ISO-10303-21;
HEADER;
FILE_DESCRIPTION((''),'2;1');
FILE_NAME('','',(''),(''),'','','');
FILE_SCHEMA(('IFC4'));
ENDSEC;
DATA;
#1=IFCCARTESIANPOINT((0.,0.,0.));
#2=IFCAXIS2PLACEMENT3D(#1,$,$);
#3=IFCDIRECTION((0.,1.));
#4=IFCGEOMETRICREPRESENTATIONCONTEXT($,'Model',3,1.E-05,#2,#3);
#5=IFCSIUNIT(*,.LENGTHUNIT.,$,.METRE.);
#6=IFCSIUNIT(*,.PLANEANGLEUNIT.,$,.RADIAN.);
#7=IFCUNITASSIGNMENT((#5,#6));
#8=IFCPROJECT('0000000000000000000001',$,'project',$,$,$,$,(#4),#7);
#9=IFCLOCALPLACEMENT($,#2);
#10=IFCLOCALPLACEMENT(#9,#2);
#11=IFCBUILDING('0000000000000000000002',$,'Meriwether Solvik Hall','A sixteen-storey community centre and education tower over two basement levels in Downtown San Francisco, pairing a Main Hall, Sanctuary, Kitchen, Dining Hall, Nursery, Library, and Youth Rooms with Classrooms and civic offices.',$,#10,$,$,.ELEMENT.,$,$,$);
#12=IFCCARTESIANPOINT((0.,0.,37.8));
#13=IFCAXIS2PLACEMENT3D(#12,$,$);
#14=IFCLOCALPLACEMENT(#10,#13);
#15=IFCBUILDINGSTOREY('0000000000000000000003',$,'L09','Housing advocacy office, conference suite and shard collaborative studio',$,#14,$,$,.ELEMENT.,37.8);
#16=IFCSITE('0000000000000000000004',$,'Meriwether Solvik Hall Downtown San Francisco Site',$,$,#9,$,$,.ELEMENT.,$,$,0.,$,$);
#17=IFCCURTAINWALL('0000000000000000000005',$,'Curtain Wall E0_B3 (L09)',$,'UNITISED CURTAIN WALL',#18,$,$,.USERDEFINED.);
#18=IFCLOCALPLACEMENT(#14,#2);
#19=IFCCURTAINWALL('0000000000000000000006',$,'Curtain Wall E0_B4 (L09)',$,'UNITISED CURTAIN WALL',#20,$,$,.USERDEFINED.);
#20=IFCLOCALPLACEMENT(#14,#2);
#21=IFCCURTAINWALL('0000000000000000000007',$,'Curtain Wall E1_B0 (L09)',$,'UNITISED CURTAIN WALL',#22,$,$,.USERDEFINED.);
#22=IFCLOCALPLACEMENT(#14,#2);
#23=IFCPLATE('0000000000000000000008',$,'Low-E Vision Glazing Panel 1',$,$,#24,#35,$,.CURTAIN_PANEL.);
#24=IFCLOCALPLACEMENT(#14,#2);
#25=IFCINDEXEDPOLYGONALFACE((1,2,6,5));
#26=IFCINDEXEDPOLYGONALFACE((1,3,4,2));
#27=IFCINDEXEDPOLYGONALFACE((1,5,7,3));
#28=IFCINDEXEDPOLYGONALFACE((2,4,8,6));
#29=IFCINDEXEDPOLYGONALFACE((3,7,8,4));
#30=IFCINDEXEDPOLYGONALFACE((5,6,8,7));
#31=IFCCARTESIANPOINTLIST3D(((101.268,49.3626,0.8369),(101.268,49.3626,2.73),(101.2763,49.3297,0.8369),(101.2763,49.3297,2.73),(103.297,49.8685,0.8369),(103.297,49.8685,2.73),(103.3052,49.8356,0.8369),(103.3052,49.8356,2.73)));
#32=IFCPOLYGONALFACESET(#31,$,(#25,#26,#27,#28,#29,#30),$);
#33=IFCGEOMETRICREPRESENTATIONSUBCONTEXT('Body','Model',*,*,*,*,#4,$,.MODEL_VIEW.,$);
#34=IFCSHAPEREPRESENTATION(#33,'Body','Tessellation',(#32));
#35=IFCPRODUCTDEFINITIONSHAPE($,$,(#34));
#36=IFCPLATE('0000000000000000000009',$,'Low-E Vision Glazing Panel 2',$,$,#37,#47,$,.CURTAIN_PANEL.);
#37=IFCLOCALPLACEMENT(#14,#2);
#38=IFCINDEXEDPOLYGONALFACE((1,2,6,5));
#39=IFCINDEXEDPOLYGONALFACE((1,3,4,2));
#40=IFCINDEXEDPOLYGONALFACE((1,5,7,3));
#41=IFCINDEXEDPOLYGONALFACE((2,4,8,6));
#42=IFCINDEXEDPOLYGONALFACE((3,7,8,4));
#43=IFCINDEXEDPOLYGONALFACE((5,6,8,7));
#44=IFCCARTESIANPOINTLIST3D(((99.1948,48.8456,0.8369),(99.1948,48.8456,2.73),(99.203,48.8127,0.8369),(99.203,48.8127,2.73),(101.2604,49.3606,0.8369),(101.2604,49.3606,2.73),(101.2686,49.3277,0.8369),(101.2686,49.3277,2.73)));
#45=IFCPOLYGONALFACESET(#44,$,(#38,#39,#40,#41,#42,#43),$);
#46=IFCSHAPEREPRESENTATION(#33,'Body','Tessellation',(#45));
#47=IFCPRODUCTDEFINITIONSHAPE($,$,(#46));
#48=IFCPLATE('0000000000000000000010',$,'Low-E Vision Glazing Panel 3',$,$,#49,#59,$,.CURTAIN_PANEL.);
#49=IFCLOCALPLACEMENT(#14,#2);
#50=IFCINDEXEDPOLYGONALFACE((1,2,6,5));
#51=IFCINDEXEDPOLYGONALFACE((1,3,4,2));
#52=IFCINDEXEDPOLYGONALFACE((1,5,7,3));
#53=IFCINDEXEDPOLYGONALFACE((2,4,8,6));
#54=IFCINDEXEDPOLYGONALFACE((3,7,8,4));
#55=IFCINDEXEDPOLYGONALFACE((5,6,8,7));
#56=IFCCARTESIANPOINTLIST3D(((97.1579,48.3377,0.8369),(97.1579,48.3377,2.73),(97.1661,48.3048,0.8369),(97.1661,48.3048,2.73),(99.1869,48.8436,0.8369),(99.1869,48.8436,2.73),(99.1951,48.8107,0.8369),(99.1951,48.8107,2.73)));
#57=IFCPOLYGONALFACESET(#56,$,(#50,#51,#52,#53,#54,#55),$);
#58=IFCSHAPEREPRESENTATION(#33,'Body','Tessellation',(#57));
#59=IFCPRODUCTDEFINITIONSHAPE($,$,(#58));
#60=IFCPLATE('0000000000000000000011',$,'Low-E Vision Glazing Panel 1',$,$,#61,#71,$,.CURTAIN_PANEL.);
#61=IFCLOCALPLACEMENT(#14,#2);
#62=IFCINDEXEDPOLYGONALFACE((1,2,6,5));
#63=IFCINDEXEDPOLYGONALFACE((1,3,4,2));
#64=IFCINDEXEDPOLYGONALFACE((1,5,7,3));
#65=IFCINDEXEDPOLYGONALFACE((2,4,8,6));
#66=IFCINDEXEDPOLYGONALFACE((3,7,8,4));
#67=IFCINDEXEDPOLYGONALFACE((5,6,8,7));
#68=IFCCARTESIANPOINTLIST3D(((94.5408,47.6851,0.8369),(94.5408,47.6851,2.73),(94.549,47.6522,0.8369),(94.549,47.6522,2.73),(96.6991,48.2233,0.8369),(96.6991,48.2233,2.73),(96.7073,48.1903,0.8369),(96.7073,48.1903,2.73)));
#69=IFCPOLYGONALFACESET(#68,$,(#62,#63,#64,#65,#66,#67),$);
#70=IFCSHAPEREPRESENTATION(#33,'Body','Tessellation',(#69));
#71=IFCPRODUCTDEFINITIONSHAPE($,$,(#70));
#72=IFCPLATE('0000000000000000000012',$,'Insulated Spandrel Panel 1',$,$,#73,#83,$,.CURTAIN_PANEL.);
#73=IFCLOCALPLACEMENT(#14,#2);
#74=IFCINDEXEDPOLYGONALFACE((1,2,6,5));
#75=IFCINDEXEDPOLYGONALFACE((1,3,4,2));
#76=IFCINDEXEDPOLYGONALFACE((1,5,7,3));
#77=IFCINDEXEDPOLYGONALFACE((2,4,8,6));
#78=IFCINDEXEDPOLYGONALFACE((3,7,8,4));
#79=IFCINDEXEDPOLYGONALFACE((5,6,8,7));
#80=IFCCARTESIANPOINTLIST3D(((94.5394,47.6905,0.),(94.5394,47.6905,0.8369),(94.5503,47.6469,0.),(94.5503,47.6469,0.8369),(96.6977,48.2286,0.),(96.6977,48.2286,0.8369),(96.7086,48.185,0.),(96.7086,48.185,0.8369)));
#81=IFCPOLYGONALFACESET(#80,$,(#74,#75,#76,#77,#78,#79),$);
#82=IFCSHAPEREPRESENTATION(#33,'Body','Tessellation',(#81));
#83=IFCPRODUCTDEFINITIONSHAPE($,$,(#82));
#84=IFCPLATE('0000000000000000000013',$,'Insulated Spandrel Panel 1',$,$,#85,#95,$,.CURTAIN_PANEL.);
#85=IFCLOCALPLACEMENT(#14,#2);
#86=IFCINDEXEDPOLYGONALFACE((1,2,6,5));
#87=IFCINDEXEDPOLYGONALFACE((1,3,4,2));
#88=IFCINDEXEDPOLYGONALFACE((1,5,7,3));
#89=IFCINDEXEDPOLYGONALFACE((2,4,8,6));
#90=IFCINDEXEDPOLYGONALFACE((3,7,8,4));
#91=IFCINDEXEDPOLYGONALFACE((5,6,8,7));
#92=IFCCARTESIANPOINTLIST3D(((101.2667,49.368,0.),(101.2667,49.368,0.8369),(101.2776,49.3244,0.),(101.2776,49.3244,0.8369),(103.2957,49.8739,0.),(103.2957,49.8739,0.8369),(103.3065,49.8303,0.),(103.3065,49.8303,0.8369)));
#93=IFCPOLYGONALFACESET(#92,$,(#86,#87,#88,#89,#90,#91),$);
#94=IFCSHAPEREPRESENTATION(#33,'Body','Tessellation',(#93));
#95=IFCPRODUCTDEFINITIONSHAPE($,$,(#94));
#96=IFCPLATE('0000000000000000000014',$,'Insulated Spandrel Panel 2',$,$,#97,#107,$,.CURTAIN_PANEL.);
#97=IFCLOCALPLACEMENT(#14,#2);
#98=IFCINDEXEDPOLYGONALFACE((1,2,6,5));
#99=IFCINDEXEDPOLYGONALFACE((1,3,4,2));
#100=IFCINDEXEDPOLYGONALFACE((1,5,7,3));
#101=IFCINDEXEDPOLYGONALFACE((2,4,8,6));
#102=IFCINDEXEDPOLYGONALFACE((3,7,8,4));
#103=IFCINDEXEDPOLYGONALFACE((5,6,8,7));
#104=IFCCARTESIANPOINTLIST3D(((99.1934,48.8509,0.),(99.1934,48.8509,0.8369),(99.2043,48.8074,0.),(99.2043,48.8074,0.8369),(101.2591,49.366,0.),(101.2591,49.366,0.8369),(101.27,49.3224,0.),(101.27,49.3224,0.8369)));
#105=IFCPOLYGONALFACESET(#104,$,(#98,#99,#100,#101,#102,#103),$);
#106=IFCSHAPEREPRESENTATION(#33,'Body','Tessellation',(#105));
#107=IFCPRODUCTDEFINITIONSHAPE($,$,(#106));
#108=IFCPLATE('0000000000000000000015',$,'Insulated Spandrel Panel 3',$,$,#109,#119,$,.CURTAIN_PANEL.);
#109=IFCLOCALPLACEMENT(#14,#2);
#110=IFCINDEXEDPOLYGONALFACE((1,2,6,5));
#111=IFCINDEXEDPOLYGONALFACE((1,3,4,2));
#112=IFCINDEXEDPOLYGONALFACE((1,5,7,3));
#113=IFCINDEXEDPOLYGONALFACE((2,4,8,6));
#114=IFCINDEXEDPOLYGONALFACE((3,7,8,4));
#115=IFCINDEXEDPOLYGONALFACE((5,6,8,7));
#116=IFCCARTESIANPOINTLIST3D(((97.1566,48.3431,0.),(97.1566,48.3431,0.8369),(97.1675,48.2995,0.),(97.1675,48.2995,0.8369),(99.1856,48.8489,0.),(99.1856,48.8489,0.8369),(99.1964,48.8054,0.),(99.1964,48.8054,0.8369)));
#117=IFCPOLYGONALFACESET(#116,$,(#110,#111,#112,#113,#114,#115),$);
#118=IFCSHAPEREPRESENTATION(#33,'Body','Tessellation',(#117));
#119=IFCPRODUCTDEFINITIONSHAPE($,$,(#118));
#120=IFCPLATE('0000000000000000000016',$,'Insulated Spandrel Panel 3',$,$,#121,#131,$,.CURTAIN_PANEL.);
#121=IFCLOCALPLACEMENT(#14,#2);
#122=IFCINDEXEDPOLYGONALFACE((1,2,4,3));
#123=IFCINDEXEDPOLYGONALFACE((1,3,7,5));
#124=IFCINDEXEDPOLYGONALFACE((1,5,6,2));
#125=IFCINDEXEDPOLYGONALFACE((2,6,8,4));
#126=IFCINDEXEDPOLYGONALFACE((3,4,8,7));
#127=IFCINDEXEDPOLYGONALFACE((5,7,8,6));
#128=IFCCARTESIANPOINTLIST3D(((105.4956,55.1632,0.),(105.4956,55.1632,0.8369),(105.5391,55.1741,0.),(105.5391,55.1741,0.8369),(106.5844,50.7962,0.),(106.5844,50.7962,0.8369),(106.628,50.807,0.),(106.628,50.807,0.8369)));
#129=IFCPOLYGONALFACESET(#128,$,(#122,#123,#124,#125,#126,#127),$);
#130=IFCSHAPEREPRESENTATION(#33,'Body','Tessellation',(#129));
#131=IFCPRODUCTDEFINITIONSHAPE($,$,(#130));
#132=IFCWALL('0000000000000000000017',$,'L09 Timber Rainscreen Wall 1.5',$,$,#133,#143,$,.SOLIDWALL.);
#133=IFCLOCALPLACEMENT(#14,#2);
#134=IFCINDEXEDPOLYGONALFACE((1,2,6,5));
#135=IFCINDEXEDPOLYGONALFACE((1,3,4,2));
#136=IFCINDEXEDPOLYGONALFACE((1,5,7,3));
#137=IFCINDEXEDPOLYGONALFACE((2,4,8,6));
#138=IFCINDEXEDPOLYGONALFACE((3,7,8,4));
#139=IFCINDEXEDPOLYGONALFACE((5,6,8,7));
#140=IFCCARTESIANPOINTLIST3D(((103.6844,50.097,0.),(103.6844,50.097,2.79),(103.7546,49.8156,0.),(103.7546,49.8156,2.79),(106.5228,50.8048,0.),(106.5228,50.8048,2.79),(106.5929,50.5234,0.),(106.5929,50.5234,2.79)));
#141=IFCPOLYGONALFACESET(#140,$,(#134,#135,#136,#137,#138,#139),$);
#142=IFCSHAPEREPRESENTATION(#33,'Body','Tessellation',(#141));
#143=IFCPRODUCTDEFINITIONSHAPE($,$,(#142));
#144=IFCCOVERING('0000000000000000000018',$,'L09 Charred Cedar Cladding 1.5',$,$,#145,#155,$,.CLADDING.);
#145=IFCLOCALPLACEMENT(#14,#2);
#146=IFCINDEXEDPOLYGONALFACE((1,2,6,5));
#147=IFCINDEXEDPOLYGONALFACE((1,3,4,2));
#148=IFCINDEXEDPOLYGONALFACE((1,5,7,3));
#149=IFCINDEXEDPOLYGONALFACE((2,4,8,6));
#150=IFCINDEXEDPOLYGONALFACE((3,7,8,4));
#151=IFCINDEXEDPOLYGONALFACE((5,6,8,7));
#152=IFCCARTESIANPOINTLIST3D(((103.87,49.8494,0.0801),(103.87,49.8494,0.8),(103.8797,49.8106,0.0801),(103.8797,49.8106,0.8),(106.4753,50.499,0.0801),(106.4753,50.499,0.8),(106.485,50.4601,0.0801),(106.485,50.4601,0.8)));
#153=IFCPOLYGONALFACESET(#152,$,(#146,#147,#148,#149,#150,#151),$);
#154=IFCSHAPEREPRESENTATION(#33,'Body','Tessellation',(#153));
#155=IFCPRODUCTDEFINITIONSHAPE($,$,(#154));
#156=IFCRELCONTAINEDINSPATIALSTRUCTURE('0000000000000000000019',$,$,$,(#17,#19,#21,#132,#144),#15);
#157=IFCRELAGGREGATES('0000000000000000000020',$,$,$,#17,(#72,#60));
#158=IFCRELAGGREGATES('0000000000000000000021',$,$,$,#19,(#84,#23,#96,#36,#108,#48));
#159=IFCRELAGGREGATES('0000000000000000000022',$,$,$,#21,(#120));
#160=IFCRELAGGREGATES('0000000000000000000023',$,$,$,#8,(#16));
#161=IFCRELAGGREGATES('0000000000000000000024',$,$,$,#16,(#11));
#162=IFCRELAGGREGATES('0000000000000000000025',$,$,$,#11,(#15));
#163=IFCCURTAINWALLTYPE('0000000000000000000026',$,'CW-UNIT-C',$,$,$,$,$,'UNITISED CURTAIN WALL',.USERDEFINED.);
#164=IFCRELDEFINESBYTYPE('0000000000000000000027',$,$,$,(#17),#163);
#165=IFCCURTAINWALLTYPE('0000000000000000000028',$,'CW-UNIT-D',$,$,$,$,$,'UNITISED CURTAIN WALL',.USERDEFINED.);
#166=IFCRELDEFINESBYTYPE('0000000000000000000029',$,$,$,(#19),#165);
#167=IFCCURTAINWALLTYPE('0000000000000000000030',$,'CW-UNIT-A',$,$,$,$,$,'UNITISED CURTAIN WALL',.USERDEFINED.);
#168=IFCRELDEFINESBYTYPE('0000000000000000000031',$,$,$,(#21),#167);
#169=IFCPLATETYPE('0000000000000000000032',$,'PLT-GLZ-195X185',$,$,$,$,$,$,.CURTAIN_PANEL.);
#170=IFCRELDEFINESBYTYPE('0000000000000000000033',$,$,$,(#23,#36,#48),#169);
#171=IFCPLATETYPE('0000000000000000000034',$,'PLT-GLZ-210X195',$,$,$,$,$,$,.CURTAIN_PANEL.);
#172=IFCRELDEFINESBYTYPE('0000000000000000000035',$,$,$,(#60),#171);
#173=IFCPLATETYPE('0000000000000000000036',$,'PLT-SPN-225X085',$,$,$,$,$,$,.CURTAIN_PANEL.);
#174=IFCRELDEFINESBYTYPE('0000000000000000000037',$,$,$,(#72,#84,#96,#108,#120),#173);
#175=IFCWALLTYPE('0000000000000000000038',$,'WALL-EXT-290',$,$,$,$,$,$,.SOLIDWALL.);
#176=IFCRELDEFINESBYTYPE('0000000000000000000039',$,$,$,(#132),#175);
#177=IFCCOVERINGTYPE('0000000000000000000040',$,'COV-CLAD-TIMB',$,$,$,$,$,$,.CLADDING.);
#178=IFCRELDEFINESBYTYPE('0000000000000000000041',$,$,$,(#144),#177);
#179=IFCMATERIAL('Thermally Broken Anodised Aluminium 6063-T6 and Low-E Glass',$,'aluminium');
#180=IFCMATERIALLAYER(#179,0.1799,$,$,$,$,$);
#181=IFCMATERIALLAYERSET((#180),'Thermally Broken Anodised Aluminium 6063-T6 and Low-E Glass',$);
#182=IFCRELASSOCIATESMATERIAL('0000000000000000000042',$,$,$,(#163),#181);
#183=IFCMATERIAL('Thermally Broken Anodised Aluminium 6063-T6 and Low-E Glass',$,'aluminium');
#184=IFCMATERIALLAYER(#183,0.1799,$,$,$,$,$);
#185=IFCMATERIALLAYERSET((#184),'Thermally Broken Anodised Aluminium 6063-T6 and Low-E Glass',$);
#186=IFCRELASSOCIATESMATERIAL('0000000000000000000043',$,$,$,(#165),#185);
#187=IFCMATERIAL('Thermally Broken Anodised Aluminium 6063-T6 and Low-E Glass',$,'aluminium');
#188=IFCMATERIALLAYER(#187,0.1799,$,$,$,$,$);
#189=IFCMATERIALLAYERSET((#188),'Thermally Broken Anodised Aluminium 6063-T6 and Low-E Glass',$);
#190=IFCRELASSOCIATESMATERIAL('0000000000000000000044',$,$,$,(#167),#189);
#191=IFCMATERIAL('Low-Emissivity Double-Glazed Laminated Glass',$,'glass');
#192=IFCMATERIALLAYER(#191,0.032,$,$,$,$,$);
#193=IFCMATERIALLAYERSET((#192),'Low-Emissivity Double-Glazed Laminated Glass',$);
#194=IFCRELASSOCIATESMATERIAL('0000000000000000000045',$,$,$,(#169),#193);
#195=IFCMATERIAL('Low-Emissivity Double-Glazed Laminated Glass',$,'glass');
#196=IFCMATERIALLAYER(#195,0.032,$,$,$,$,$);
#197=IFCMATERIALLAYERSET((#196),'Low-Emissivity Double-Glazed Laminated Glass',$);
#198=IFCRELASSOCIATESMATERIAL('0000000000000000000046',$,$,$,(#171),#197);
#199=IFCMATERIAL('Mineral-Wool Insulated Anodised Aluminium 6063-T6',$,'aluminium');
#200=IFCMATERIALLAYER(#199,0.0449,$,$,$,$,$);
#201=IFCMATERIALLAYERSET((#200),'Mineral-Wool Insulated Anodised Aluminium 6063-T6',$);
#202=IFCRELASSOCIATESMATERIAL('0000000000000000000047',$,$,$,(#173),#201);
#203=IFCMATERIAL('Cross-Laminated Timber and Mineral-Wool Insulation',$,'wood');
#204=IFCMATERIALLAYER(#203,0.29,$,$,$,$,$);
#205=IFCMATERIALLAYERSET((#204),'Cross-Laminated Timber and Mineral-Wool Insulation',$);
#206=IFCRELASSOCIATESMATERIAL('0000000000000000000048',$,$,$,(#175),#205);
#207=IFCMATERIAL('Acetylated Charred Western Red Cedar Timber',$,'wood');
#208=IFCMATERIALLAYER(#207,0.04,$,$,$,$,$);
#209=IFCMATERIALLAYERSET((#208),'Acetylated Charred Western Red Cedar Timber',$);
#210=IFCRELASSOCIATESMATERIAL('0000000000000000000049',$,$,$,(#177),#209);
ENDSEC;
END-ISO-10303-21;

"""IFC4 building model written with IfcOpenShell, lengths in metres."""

from ifc_helpers import new_model, si_unit, direction, frame, frame_2d, origin, origin_2d, place, context, subcontext, project, spatial, rectangle, extrude, material, layer, layer_set, type_object, element, aggregate, save


model = new_model("IFC4")

# Units and contexts
model_context = context("Model", 3, precision=1e-05, world=origin(), true_north=direction((0.0, 1.0)))
body_context = subcontext(model_context, "Body", "Model", "MODEL_VIEW")
ifc_project = project(units=[si_unit("LENGTHUNIT", "METRE"), si_unit("PLANEANGLEUNIT", "RADIAN")], contexts=[model_context])

# Site, building, storey
site_placement = place(None, origin())
site = spatial("IfcSite", under=ifc_project, at=site_placement, Name="Meriwether Solvik Hall Downtown San Francisco Site", CompositionType="ELEMENT", RefElevation=0.0)
building_placement = place(site_placement, origin())
building = spatial("IfcBuilding", under=site, at=building_placement, Name="Meriwether Solvik Hall", Description="A sixteen-storey community centre and education tower over two basement levels in Downtown San Francisco, pairing a Main Hall, Sanctuary, Kitchen, Dining Hall, Nursery, Library, and Youth Rooms with Classrooms and civic offices.", CompositionType="ELEMENT")
storey_placement = place(building_placement, frame((0.0, 0.0, 37.8)))
storey = spatial("IfcBuildingStorey", under=building, at=storey_placement, Name="L09", Description="Housing advocacy office, conference suite and shard collaborative studio", CompositionType="ELEMENT", Elevation=37.8)

# Curtain wall
ifc_material_1 = material(Name="Thermally Broken Anodised Aluminium 6063-T6 and Low-E Glass", Category="aluminium")
ifc_layer_1 = layer(ifc_material_1, 0.1799)
ifc_layer_set_1 = layer_set([ifc_layer_1], Name="Thermally Broken Anodised Aluminium 6063-T6 and Low-E Glass")
curtain_wall_type_1 = type_object("IfcCurtainWallType", Name="CW-UNIT-C", ElementType="UNITISED CURTAIN WALL", PredefinedType="USERDEFINED", material=ifc_layer_set_1)
curtain_wall_1_placement = place(storey_placement, origin())
curtain_wall_1 = element("IfcCurtainWall", 1, at=curtain_wall_1_placement, inside=storey, type_object=curtain_wall_type_1, Name="Curtain Wall E0_B3 (L09)", ObjectType="UNITISED CURTAIN WALL", PredefinedType="USERDEFINED")

# Curtain wall
ifc_material_2 = material(Name="Thermally Broken Anodised Aluminium 6063-T6 and Low-E Glass", Category="aluminium")
ifc_layer_2 = layer(ifc_material_2, 0.1799)
ifc_layer_set_2 = layer_set([ifc_layer_2], Name="Thermally Broken Anodised Aluminium 6063-T6 and Low-E Glass")
curtain_wall_type_2 = type_object("IfcCurtainWallType", Name="CW-UNIT-D", ElementType="UNITISED CURTAIN WALL", PredefinedType="USERDEFINED", material=ifc_layer_set_2)
curtain_wall_2_placement = place(storey_placement, origin())
curtain_wall_2 = element("IfcCurtainWall", 2, at=curtain_wall_2_placement, inside=storey, type_object=curtain_wall_type_2, Name="Curtain Wall E0_B4 (L09)", ObjectType="UNITISED CURTAIN WALL", PredefinedType="USERDEFINED")

# Curtain wall
ifc_material_3 = material(Name="Thermally Broken Anodised Aluminium 6063-T6 and Low-E Glass", Category="aluminium")
ifc_layer_3 = layer(ifc_material_3, 0.1799)
ifc_layer_set_3 = layer_set([ifc_layer_3], Name="Thermally Broken Anodised Aluminium 6063-T6 and Low-E Glass")
curtain_wall_type_3 = type_object("IfcCurtainWallType", Name="CW-UNIT-A", ElementType="UNITISED CURTAIN WALL", PredefinedType="USERDEFINED", material=ifc_layer_set_3)
curtain_wall_3_placement = place(storey_placement, origin())
curtain_wall_3 = element("IfcCurtainWall", 3, at=curtain_wall_3_placement, inside=storey, type_object=curtain_wall_type_3, Name="Curtain Wall E1_B0 (L09)", ObjectType="UNITISED CURTAIN WALL", PredefinedType="USERDEFINED")

# Plates
ifc_material_4 = material(Name="Low-Emissivity Double-Glazed Laminated Glass", Category="glass")
ifc_layer_4 = layer(ifc_material_4, 0.032)
ifc_layer_set_4 = layer_set([ifc_layer_4], Name="Low-Emissivity Double-Glazed Laminated Glass")
plate_type_1 = type_object("IfcPlateType", Name="PLT-GLZ-195X185", PredefinedType="CURTAIN_PANEL", material=ifc_layer_set_4)
plate_1_placement = place(storey_placement, frame((102.2866, 49.5991, 0.8369), z_axis=(0.0, 0.0, 1.0), x_axis=(-0.970296, -0.241922, 0.0)))
plate_1 = element("IfcPlate", 4, at=plate_1_placement, type_object=plate_type_1, Name="Low-E Vision Glazing Panel 1", PredefinedType="CURTAIN_PANEL", context=body_context, shape_type="SweptSolid", body=[
    extrude(rectangle(XDim=2.0911, YDim=0.0339, at=origin_2d()), origin(), (0.0, 0.0, 1.0), 1.8931),
])
plate_2_placement = place(storey_placement, frame((100.2317, 49.0867, 0.8369), z_axis=(0.0, 0.0, 1.0), x_axis=(-0.970296, -0.241922, 0.0)))
plate_2 = element("IfcPlate", 5, at=plate_2_placement, type_object=plate_type_1, Name="Low-E Vision Glazing Panel 2", PredefinedType="CURTAIN_PANEL", context=body_context, shape_type="SweptSolid", body=[
    extrude(rectangle(XDim=2.1289, YDim=0.0339, at=origin_2d()), origin(), (0.0, 0.0, 1.0), 1.8931),
])
plate_3_placement = place(storey_placement, frame((98.1765, 48.5742, 0.8369), z_axis=(0.0, 0.0, 1.0), x_axis=(-0.970296, -0.241922, 0.0)))
plate_3 = element("IfcPlate", 6, at=plate_3_placement, type_object=plate_type_1, Name="Low-E Vision Glazing Panel 3", PredefinedType="CURTAIN_PANEL", context=body_context, shape_type="SweptSolid", body=[
    extrude(rectangle(XDim=2.0911, YDim=0.0339, at=origin_2d()), origin(), (0.0, 0.0, 1.0), 1.8931),
])
ifc_material_5 = material(Name="Low-Emissivity Double-Glazed Laminated Glass", Category="glass")
ifc_layer_5 = layer(ifc_material_5, 0.032)
ifc_layer_set_5 = layer_set([ifc_layer_5], Name="Low-Emissivity Double-Glazed Laminated Glass")
plate_type_2 = type_object("IfcPlateType", Name="PLT-GLZ-210X195", PredefinedType="CURTAIN_PANEL", material=ifc_layer_set_5)
plate_4_placement = place(storey_placement, frame((95.624, 47.9377, 0.8369), z_axis=(0.0, 0.0, 1.0), x_axis=(-0.970296, -0.241922, 0.0)))
plate_4 = element("IfcPlate", 7, at=plate_4_placement, type_object=plate_type_2, Name="Low-E Vision Glazing Panel 1", PredefinedType="CURTAIN_PANEL", context=body_context, shape_type="SweptSolid", body=[
    extrude(rectangle(XDim=2.2244, YDim=0.0339, at=origin_2d()), origin(), (0.0, 0.0, 1.0), 1.8931),
])
ifc_material_6 = material(Name="Mineral-Wool Insulated Anodised Aluminium 6063-T6", Category="aluminium")
ifc_layer_6 = layer(ifc_material_6, 0.0449)
ifc_layer_set_6 = layer_set([ifc_layer_6], Name="Mineral-Wool Insulated Anodised Aluminium 6063-T6")
plate_type_3 = type_object("IfcPlateType", Name="PLT-SPN-225X085", PredefinedType="CURTAIN_PANEL", material=ifc_layer_set_6)
plate_5_placement = place(storey_placement, frame((95.624, 47.9377, 0.0), z_axis=(0.0, 0.0, 1.0), x_axis=(-0.970296, -0.241922, 0.0)))
plate_5 = element("IfcPlate", 8, at=plate_5_placement, type_object=plate_type_3, Name="Insulated Spandrel Panel 1", PredefinedType="CURTAIN_PANEL", context=body_context, shape_type="SweptSolid", body=[
    extrude(rectangle(XDim=2.2244, YDim=0.0449, at=origin_2d()), origin(), (0.0, 0.0, 1.0), 0.8369),
])
aggregate(curtain_wall_1, [plate_5, plate_4])
plate_6_placement = place(storey_placement, frame((102.2866, 49.5991, 0.0), z_axis=(0.0, 0.0, 1.0), x_axis=(-0.970296, -0.241922, 0.0)))
plate_6 = element("IfcPlate", 9, at=plate_6_placement, type_object=plate_type_3, Name="Insulated Spandrel Panel 1", PredefinedType="CURTAIN_PANEL", context=body_context, shape_type="SweptSolid", body=[
    extrude(rectangle(XDim=2.0911, YDim=0.0449, at=origin_2d()), origin(), (0.0, 0.0, 1.0), 0.8369),
])
plate_7_placement = place(storey_placement, frame((100.2317, 49.0867, 0.0), z_axis=(0.0, 0.0, 1.0), x_axis=(-0.970296, -0.241922, 0.0)))
plate_7 = element("IfcPlate", 10, at=plate_7_placement, type_object=plate_type_3, Name="Insulated Spandrel Panel 2", PredefinedType="CURTAIN_PANEL", context=body_context, shape_type="SweptSolid", body=[
    extrude(rectangle(XDim=2.1289, YDim=0.0449, at=origin_2d()), origin(), (0.0, 0.0, 1.0), 0.8369),
])
plate_8_placement = place(storey_placement, frame((98.1765, 48.5742, 0.0), z_axis=(0.0, 0.0, 1.0), x_axis=(-0.970296, -0.241922, 0.0)))
plate_8 = element("IfcPlate", 11, at=plate_8_placement, type_object=plate_type_3, Name="Insulated Spandrel Panel 3", PredefinedType="CURTAIN_PANEL", context=body_context, shape_type="SweptSolid", body=[
    extrude(rectangle(XDim=2.0911, YDim=0.0449, at=origin_2d()), origin(), (0.0, 0.0, 1.0), 0.8369),
])
aggregate(curtain_wall_2, [plate_6, plate_1, plate_7, plate_2, plate_8, plate_3])
plate_9_placement = place(storey_placement, frame((106.0618, 52.9851, 0.0), z_axis=(0.0, 0.0, 1.0), x_axis=(0.241922, -0.970296, 0.0)))
plate_9 = element("IfcPlate", 12, at=plate_9_placement, type_object=plate_type_3, Name="Insulated Spandrel Panel 3", PredefinedType="CURTAIN_PANEL", context=body_context, shape_type="SweptSolid", body=[
    extrude(rectangle(XDim=4.5007, YDim=0.0449, at=origin_2d()), origin(), (0.0, 0.0, 1.0), 0.8369),
])
aggregate(curtain_wall_3, [plate_9])

# Wall
ifc_material_7 = material(Name="Cross-Laminated Timber and Mineral-Wool Insulation", Category="wood")
ifc_layer_7 = layer(ifc_material_7, 0.29)
ifc_layer_set_7 = layer_set([ifc_layer_7], Name="Cross-Laminated Timber and Mineral-Wool Insulation")
wall_type = type_object("IfcWallType", Name="WALL-EXT-290", PredefinedType="SOLIDWALL", material=ifc_layer_set_7)
wall_placement = place(storey_placement, frame((106.5579, 50.6641, 0.0), z_axis=(0.0, 0.0, 1.0), x_axis=(-0.97029, -0.241946, 0.0)))
element("IfcWall", 13, at=wall_placement, inside=storey, type_object=wall_type, Name="L09 Timber Rainscreen Wall 1.5", PredefinedType="SOLIDWALL", context=body_context, shape_type="SweptSolid", body=[
    extrude(rectangle(XDim=2.9253, YDim=0.29, at=frame_2d((1.4626, 0.0))), origin(), (0.0, 0.0, 1.0), 2.79),
])

# Covering
ifc_material_8 = material(Name="Acetylated Charred Western Red Cedar Timber", Category="wood")
ifc_layer_8 = layer(ifc_material_8, 0.04)
ifc_layer_set_8 = layer_set([ifc_layer_8], Name="Acetylated Charred Western Red Cedar Timber")
covering_type = type_object("IfcCoveringType", Name="COV-CLAD-TIMB", PredefinedType="CLADDING", material=ifc_layer_set_8)
covering_placement = place(storey_placement, frame((105.1775, 50.1548, 0.0801), z_axis=(0.0, 0.0, 1.0), x_axis=(-0.970296, -0.241922, 0.0)))
element("IfcCovering", 14, at=covering_placement, inside=storey, type_object=covering_type, Name="L09 Charred Cedar Cladding 1.5", PredefinedType="CLADDING", context=body_context, shape_type="SweptSolid", body=[
    extrude(rectangle(XDim=2.6851, YDim=0.04, at=origin_2d()), origin(), (0.0, 0.0, 1.0), 0.72),
])

save(model, "model.ifc")
